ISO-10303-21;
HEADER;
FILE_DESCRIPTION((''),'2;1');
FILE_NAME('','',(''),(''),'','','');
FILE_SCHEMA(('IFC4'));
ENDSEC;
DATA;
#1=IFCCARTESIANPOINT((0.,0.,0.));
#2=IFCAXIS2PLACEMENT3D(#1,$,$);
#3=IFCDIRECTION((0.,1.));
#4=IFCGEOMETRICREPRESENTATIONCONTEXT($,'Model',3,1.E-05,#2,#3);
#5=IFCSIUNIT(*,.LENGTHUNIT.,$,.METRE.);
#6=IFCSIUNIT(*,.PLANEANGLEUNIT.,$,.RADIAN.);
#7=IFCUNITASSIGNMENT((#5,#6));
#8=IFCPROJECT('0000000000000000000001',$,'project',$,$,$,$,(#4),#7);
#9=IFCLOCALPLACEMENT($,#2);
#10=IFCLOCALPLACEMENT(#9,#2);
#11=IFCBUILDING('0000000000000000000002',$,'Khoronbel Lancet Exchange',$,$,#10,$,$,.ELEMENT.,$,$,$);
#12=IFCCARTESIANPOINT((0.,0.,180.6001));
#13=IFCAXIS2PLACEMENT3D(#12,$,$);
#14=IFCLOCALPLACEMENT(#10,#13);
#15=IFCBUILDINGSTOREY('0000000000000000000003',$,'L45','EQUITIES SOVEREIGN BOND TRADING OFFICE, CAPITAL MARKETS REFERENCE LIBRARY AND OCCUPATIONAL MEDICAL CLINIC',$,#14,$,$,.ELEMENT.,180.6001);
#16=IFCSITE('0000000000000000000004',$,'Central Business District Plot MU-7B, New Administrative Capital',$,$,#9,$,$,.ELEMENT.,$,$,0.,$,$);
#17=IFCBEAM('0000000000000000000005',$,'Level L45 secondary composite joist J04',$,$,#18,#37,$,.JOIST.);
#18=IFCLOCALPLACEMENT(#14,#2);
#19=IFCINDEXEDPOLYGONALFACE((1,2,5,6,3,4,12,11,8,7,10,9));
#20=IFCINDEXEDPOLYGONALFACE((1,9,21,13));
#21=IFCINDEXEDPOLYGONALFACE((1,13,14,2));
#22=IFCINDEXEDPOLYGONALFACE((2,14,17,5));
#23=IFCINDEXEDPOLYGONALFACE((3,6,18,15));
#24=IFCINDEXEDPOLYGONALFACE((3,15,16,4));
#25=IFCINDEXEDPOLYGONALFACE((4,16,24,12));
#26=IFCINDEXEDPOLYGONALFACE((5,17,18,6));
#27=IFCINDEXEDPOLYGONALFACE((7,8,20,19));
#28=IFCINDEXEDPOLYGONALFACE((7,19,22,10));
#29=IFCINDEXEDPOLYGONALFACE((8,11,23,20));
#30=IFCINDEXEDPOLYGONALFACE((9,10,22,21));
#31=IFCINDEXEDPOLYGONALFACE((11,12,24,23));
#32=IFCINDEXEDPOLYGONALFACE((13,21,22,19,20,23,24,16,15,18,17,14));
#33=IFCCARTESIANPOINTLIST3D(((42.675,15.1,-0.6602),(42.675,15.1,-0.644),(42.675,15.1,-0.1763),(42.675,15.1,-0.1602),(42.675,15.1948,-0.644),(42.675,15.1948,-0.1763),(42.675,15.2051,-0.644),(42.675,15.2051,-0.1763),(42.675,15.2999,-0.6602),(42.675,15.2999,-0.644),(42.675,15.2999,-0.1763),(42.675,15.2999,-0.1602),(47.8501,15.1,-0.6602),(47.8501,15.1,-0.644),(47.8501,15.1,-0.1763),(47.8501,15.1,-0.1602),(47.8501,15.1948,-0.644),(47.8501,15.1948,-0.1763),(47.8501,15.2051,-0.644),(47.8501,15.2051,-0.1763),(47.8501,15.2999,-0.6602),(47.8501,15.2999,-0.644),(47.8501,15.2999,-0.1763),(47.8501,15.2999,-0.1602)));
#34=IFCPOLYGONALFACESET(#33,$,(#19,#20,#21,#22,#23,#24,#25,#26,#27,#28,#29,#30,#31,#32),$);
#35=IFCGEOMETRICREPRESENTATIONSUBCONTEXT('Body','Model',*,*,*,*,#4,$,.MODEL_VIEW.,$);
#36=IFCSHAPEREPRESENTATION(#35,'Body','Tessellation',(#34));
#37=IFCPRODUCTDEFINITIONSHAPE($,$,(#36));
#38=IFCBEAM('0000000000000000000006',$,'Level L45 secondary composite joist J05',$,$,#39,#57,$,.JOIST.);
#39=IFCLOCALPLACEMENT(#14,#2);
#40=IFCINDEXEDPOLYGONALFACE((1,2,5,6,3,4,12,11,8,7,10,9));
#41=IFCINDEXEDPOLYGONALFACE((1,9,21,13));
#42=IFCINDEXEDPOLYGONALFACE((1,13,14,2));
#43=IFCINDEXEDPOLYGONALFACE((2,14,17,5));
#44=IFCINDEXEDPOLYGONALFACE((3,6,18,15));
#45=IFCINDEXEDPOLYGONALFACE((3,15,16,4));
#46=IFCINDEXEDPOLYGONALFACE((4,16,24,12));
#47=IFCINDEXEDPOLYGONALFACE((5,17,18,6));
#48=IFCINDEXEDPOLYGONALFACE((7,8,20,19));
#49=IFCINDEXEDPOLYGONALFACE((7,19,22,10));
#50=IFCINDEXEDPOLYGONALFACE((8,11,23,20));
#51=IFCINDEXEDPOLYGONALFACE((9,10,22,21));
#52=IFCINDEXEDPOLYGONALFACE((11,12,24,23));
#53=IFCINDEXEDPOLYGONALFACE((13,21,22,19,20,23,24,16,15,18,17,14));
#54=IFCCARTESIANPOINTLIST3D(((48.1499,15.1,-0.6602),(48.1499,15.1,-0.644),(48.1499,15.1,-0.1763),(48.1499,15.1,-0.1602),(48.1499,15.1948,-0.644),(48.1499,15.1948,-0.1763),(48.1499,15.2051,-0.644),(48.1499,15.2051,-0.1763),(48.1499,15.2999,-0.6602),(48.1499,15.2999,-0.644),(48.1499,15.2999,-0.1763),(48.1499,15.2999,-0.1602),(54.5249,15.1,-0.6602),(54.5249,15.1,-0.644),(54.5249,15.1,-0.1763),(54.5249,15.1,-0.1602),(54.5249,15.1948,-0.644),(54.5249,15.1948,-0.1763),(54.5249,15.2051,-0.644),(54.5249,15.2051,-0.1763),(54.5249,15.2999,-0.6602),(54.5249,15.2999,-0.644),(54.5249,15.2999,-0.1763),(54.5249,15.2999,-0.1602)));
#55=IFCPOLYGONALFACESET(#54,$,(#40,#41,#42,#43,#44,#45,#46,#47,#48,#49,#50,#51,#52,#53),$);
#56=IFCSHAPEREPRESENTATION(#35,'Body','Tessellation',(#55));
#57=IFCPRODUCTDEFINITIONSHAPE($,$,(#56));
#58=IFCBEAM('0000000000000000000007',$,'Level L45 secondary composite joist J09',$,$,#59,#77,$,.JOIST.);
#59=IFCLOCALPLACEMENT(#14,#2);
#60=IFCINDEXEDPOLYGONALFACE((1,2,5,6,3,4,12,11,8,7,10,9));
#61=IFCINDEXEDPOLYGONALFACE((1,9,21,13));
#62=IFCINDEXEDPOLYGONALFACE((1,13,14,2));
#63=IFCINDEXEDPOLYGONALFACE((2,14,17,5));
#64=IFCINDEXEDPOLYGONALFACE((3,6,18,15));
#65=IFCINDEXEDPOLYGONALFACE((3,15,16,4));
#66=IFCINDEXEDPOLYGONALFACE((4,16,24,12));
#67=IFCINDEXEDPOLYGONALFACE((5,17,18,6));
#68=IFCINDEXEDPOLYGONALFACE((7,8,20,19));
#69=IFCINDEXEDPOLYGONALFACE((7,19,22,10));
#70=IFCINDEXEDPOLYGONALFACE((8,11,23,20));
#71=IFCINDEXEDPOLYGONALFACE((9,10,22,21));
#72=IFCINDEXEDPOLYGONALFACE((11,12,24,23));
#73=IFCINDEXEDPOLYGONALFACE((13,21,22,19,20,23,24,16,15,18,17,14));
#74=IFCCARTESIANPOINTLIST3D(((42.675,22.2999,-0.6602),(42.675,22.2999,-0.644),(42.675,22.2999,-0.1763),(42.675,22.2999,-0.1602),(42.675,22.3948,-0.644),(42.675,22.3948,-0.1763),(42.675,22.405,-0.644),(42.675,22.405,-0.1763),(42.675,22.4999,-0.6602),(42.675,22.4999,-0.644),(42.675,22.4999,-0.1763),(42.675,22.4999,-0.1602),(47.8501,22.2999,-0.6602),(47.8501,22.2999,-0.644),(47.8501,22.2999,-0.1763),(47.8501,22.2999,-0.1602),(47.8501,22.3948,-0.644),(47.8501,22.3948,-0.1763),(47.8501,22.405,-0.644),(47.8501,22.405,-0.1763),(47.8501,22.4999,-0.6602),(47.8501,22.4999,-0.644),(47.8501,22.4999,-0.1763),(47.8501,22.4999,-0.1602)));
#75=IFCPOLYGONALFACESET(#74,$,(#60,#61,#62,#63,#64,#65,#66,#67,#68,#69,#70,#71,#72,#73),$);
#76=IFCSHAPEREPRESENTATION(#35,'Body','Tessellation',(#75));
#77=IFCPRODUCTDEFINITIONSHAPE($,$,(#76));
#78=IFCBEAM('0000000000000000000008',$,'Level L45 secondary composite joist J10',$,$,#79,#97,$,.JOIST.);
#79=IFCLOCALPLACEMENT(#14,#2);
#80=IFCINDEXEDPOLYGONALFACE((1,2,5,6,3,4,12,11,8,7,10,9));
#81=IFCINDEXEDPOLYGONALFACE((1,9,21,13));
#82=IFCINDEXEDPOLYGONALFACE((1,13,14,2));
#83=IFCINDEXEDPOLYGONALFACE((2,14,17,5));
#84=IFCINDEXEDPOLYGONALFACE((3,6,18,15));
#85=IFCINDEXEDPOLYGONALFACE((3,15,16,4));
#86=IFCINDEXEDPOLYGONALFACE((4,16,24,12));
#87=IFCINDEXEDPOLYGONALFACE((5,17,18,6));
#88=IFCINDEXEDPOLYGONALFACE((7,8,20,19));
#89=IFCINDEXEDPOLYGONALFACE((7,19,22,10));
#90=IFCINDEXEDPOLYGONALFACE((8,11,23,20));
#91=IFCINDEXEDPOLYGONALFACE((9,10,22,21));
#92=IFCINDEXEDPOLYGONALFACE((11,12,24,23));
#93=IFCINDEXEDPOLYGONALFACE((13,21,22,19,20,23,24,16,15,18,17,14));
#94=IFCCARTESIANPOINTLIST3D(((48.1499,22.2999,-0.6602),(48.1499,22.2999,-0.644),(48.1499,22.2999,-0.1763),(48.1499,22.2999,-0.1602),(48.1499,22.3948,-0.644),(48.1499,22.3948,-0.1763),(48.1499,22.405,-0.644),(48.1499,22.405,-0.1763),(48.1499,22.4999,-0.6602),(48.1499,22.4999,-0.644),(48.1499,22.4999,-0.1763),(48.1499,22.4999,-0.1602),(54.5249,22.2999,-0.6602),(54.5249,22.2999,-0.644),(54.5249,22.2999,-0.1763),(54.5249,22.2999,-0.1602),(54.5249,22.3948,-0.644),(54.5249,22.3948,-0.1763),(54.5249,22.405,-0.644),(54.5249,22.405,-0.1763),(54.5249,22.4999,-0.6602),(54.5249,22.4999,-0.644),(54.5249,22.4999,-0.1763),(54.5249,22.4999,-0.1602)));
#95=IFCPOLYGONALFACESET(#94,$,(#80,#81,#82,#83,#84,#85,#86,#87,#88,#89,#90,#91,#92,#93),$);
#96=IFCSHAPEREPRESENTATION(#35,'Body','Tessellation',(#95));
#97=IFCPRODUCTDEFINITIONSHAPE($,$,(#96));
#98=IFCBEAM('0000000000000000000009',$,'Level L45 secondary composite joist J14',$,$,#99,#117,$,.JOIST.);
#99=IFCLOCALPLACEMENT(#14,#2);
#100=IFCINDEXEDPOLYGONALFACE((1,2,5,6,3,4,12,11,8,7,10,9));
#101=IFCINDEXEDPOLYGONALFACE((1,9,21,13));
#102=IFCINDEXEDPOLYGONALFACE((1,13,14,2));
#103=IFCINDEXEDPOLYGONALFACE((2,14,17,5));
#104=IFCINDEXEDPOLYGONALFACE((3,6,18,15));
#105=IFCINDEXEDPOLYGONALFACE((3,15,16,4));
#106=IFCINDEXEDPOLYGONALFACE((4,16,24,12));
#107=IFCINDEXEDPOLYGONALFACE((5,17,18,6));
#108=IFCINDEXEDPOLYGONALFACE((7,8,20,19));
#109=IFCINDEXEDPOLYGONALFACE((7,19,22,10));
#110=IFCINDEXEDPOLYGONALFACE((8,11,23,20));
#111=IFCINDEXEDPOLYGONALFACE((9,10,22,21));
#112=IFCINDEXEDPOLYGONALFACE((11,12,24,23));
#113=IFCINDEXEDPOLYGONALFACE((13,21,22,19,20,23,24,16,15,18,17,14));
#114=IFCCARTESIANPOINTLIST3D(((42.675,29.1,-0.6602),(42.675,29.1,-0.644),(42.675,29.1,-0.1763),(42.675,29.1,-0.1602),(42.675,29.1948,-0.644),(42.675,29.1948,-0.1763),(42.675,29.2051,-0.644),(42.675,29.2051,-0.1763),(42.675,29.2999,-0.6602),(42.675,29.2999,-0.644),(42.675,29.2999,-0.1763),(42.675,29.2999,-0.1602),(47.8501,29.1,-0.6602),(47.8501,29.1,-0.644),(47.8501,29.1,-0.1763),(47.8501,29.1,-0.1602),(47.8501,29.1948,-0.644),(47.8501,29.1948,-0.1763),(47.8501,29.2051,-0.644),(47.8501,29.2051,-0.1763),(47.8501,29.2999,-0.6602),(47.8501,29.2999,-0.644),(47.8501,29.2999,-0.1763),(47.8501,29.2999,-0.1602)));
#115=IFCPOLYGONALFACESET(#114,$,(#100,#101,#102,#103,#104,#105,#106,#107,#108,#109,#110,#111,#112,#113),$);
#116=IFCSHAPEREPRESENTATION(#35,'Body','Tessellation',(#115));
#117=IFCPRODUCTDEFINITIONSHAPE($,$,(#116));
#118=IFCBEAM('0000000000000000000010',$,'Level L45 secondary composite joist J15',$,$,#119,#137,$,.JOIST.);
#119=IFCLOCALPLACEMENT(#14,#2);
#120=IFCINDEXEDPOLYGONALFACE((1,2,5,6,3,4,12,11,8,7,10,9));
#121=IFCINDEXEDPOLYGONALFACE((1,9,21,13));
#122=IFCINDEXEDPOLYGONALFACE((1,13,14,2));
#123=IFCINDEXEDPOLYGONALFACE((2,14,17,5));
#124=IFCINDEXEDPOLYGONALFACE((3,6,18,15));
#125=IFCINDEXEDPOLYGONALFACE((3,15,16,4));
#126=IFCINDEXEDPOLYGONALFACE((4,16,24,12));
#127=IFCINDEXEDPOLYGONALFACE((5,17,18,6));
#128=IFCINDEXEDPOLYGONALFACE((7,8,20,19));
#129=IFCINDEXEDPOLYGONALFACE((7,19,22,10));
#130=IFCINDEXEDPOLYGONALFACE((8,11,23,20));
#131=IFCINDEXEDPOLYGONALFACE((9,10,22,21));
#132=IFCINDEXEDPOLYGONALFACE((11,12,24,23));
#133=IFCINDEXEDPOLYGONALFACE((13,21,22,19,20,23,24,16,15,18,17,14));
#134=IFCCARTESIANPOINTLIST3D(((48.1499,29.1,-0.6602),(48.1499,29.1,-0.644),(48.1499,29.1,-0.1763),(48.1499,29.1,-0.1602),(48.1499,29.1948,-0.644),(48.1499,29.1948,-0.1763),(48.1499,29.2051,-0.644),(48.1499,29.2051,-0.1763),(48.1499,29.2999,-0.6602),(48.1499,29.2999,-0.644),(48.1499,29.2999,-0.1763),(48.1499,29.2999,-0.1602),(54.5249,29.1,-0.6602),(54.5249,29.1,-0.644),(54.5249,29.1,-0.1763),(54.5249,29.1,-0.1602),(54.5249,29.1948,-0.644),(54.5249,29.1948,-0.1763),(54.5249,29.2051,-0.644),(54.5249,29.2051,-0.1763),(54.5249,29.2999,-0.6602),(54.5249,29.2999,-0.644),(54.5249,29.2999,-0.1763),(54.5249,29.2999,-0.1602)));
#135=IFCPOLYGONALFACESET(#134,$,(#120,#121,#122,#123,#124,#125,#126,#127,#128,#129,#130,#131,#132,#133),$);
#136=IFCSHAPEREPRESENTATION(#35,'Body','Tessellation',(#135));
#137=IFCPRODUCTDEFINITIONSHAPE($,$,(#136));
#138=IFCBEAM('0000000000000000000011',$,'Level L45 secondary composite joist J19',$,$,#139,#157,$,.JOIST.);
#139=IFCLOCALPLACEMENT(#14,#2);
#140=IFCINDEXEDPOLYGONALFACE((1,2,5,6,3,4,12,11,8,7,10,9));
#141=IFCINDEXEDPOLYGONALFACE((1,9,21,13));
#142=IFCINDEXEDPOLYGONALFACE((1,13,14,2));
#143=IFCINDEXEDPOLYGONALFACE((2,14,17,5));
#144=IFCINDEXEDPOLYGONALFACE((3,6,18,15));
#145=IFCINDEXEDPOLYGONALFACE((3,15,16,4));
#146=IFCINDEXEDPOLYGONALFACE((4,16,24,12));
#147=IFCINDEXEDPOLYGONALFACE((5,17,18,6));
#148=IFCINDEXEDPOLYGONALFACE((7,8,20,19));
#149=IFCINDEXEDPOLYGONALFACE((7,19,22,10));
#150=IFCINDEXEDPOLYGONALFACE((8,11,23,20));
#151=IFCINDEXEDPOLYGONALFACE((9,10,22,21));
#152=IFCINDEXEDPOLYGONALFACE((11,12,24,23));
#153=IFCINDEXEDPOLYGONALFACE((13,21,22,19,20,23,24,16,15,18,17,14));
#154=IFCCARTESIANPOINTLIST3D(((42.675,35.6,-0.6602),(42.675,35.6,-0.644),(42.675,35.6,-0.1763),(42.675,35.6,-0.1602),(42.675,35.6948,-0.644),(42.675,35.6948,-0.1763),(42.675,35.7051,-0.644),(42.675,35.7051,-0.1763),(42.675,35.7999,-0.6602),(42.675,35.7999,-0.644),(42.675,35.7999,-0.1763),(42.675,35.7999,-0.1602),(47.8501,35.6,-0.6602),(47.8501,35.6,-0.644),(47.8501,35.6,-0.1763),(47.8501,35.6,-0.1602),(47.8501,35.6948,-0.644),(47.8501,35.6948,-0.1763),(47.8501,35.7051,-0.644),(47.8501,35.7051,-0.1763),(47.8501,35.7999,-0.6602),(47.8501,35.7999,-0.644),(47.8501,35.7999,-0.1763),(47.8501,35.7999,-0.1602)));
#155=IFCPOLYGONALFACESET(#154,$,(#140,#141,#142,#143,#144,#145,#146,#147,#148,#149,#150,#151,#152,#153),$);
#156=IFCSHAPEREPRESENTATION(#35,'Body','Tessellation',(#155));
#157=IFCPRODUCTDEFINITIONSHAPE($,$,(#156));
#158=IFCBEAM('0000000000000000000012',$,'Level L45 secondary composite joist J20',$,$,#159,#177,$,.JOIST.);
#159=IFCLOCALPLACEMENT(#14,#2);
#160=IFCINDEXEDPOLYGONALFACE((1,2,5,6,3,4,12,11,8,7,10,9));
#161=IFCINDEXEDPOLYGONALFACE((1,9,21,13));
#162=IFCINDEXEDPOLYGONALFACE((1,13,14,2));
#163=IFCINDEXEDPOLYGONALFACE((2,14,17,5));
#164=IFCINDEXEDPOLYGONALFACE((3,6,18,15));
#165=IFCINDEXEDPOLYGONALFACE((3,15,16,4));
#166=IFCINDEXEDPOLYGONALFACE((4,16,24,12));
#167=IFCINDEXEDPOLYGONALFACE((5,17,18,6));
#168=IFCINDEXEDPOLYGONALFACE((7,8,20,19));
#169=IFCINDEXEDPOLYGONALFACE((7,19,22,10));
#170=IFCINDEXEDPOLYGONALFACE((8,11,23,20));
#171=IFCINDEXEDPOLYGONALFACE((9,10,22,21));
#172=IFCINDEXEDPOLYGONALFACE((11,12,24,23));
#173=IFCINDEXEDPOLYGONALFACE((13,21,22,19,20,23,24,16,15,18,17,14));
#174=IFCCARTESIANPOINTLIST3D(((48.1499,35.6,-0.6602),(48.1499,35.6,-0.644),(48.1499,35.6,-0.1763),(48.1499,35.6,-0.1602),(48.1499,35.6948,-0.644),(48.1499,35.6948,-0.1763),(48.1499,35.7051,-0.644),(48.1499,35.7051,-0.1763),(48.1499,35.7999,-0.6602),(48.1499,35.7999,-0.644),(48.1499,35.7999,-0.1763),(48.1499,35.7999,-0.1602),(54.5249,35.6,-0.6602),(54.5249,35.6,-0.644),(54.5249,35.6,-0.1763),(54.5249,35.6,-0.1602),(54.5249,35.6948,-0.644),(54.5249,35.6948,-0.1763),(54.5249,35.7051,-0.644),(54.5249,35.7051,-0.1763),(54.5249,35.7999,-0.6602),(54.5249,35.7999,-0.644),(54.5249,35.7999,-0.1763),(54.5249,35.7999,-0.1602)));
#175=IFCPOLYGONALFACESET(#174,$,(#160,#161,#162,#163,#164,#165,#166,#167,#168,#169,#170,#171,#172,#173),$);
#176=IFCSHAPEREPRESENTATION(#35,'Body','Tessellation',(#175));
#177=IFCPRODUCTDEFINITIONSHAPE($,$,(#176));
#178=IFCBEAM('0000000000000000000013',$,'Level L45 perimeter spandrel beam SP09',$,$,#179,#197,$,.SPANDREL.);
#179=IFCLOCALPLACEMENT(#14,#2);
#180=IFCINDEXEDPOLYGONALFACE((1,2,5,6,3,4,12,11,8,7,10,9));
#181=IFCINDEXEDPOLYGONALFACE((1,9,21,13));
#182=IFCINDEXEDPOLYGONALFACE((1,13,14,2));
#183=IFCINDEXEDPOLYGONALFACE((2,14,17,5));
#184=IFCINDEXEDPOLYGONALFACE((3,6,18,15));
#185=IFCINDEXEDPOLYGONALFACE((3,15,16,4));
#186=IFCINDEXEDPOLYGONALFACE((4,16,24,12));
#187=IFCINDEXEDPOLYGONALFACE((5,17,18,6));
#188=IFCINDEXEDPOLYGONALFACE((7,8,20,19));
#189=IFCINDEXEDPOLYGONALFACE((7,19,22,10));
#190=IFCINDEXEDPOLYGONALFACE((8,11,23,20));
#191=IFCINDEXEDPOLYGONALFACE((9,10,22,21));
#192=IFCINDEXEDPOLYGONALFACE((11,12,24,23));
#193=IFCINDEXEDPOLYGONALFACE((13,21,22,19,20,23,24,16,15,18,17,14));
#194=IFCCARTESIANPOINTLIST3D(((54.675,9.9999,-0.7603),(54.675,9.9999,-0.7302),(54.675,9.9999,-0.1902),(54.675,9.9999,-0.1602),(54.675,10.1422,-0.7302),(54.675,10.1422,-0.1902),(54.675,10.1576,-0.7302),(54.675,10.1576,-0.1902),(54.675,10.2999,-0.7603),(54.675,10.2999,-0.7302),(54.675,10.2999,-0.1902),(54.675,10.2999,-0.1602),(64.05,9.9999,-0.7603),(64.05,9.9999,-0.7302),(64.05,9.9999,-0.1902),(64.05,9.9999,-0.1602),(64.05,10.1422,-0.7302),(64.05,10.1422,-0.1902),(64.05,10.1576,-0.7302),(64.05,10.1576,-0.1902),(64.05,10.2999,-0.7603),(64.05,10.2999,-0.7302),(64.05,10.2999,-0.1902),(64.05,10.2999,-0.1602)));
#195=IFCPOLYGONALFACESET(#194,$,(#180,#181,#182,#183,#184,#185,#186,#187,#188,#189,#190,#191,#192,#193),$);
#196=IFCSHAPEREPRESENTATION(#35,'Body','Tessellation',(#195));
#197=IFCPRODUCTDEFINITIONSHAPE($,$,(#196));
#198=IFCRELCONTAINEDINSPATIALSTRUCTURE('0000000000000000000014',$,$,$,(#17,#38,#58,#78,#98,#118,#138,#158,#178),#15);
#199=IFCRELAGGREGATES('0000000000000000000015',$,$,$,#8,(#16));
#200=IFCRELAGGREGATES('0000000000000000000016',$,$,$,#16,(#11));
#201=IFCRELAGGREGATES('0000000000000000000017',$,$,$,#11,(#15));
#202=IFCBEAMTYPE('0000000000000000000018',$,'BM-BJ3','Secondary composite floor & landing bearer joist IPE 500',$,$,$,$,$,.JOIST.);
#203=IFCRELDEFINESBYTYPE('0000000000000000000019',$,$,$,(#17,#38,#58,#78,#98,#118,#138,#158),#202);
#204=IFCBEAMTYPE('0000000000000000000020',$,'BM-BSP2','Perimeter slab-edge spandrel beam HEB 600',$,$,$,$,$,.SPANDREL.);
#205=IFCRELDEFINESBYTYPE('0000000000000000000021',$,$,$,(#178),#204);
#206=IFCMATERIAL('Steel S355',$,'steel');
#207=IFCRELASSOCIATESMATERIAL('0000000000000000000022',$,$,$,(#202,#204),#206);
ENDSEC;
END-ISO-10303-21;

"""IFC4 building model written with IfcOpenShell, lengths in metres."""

from ifc_helpers import new_model, si_unit, direction, frame, origin, origin_2d, place, context, subcontext, project, spatial, i_section, extrude, material, material_profile, profile_set, type_object, element, save


model = new_model("IFC4")

# Units and contexts
model_context = context("Model", 3, precision=1e-05, world=origin(), true_north=direction((0.0, 1.0)))
body_context = subcontext(model_context, "Body", "Model", "MODEL_VIEW")
ifc_project = project(units=[si_unit("LENGTHUNIT", "METRE"), si_unit("PLANEANGLEUNIT", "RADIAN")], contexts=[model_context])

# Site, building, storey
site_placement = place(None, origin())
site = spatial("IfcSite", under=ifc_project, at=site_placement, Name="Central Business District Plot MU-7B, New Administrative Capital", CompositionType="ELEMENT", RefElevation=0.0)
building_placement = place(site_placement, origin())
building = spatial("IfcBuilding", under=site, at=building_placement, Name="Khoronbel Lancet Exchange", CompositionType="ELEMENT")
storey_placement = place(building_placement, frame((0.0, 0.0, 180.6001)))
storey = spatial("IfcBuildingStorey", under=building, at=storey_placement, Name="L45", Description="EQUITIES SOVEREIGN BOND TRADING OFFICE, CAPITAL MARKETS REFERENCE LIBRARY AND OCCUPATIONAL MEDICAL CLINIC", CompositionType="ELEMENT", Elevation=180.6001)

# Beams
ifc_material_1 = material(Name="Steel S355", Category="steel")
ifc_material_profile_1 = material_profile(ifc_material_1, i_section(OverallWidth=0.2, OverallDepth=0.5, WebThickness=0.0103, FlangeThickness=0.0161, at=origin_2d()), Name="IPE 500")
ifc_profile_set_1 = profile_set([ifc_material_profile_1], Name="Steel S355")
beam_type_1 = type_object("IfcBeamType", Name="BM-BJ3", Description="Secondary composite floor & landing bearer joist IPE 500", PredefinedType="JOIST", material=ifc_profile_set_1)
beam_1_placement = place(storey_placement, frame((42.675, 15.2, -0.4102), z_axis=(1.0, 0.0, 0.0), x_axis=(0.0, 1.0, 0.0)))
element("IfcBeam", 1, at=beam_1_placement, inside=storey, type_object=beam_type_1, Name="Level L45 secondary composite joist J04", PredefinedType="JOIST", context=body_context, shape_type="SweptSolid", body=[
    extrude(i_section(OverallWidth=0.2, OverallDepth=0.5, WebThickness=0.0103, FlangeThickness=0.0161, at=origin_2d()), origin(), (0.0, 0.0, 1.0), 5.175),
])
beam_2_placement = place(storey_placement, frame((48.1499, 15.2, -0.4102), z_axis=(1.0, 0.0, 0.0), x_axis=(0.0, 1.0, 0.0)))
element("IfcBeam", 2, at=beam_2_placement, inside=storey, type_object=beam_type_1, Name="Level L45 secondary composite joist J05", PredefinedType="JOIST", context=body_context, shape_type="SweptSolid", body=[
    extrude(i_section(OverallWidth=0.2, OverallDepth=0.5, WebThickness=0.0103, FlangeThickness=0.0161, at=origin_2d()), origin(), (0.0, 0.0, 1.0), 6.375),
])
beam_3_placement = place(storey_placement, frame((42.675, 22.3999, -0.4102), z_axis=(1.0, 0.0, 0.0), x_axis=(0.0, 1.0, 0.0)))
element("IfcBeam", 3, at=beam_3_placement, inside=storey, type_object=beam_type_1, Name="Level L45 secondary composite joist J09", PredefinedType="JOIST", context=body_context, shape_type="SweptSolid", body=[
    extrude(i_section(OverallWidth=0.2, OverallDepth=0.5, WebThickness=0.0103, FlangeThickness=0.0161, at=origin_2d()), origin(), (0.0, 0.0, 1.0), 5.175),
])
beam_4_placement = place(storey_placement, frame((48.1499, 22.3999, -0.4102), z_axis=(1.0, 0.0, 0.0), x_axis=(0.0, 1.0, 0.0)))
element("IfcBeam", 4, at=beam_4_placement, inside=storey, type_object=beam_type_1, Name="Level L45 secondary composite joist J10", PredefinedType="JOIST", context=body_context, shape_type="SweptSolid", body=[
    extrude(i_section(OverallWidth=0.2, OverallDepth=0.5, WebThickness=0.0103, FlangeThickness=0.0161, at=origin_2d()), origin(), (0.0, 0.0, 1.0), 6.375),
])
beam_5_placement = place(storey_placement, frame((42.675, 29.2, -0.4102), z_axis=(1.0, 0.0, 0.0), x_axis=(0.0, 1.0, 0.0)))
element("IfcBeam", 5, at=beam_5_placement, inside=storey, type_object=beam_type_1, Name="Level L45 secondary composite joist J14", PredefinedType="JOIST", context=body_context, shape_type="SweptSolid", body=[
    extrude(i_section(OverallWidth=0.2, OverallDepth=0.5, WebThickness=0.0103, FlangeThickness=0.0161, at=origin_2d()), origin(), (0.0, 0.0, 1.0), 5.175),
])
beam_6_placement = place(storey_placement, frame((48.1499, 29.2, -0.4102), z_axis=(1.0, 0.0, 0.0), x_axis=(0.0, 1.0, 0.0)))
element("IfcBeam", 6, at=beam_6_placement, inside=storey, type_object=beam_type_1, Name="Level L45 secondary composite joist J15", PredefinedType="JOIST", context=body_context, shape_type="SweptSolid", body=[
    extrude(i_section(OverallWidth=0.2, OverallDepth=0.5, WebThickness=0.0103, FlangeThickness=0.0161, at=origin_2d()), origin(), (0.0, 0.0, 1.0), 6.375),
])
beam_7_placement = place(storey_placement, frame((42.675, 35.7, -0.4102), z_axis=(1.0, 0.0, 0.0), x_axis=(0.0, 1.0, 0.0)))
element("IfcBeam", 7, at=beam_7_placement, inside=storey, type_object=beam_type_1, Name="Level L45 secondary composite joist J19", PredefinedType="JOIST", context=body_context, shape_type="SweptSolid", body=[
    extrude(i_section(OverallWidth=0.2, OverallDepth=0.5, WebThickness=0.0103, FlangeThickness=0.0161, at=origin_2d()), origin(), (0.0, 0.0, 1.0), 5.175),
])
beam_8_placement = place(storey_placement, frame((48.1499, 35.7, -0.4102), z_axis=(1.0, 0.0, 0.0), x_axis=(0.0, 1.0, 0.0)))
element("IfcBeam", 8, at=beam_8_placement, inside=storey, type_object=beam_type_1, Name="Level L45 secondary composite joist J20", PredefinedType="JOIST", context=body_context, shape_type="SweptSolid", body=[
    extrude(i_section(OverallWidth=0.2, OverallDepth=0.5, WebThickness=0.0103, FlangeThickness=0.0161, at=origin_2d()), origin(), (0.0, 0.0, 1.0), 6.375),
])
ifc_material_profile_2 = material_profile(ifc_material_1, i_section(OverallWidth=0.3, OverallDepth=0.6001, WebThickness=0.0154, FlangeThickness=0.03, at=origin_2d()), Name="HEB 600")
ifc_profile_set_2 = profile_set([ifc_material_profile_2], Name="Steel S355")
beam_type_2 = type_object("IfcBeamType", Name="BM-BSP2", Description="Perimeter slab-edge spandrel beam HEB 600", PredefinedType="SPANDREL", material=ifc_profile_set_2)
beam_9_placement = place(storey_placement, frame((54.675, 10.1499, -0.4602), z_axis=(1.0, 0.0, 0.0), x_axis=(0.0, 1.0, 0.0)))
element("IfcBeam", 9, at=beam_9_placement, inside=storey, type_object=beam_type_2, Name="Level L45 perimeter spandrel beam SP09", PredefinedType="SPANDREL", context=body_context, shape_type="SweptSolid", body=[
    extrude(i_section(OverallWidth=0.3, OverallDepth=0.6001, WebThickness=0.0154, FlangeThickness=0.03, at=origin_2d()), origin(), (0.0, 0.0, 1.0), 9.375),
])

save(model, "model.ifc")
